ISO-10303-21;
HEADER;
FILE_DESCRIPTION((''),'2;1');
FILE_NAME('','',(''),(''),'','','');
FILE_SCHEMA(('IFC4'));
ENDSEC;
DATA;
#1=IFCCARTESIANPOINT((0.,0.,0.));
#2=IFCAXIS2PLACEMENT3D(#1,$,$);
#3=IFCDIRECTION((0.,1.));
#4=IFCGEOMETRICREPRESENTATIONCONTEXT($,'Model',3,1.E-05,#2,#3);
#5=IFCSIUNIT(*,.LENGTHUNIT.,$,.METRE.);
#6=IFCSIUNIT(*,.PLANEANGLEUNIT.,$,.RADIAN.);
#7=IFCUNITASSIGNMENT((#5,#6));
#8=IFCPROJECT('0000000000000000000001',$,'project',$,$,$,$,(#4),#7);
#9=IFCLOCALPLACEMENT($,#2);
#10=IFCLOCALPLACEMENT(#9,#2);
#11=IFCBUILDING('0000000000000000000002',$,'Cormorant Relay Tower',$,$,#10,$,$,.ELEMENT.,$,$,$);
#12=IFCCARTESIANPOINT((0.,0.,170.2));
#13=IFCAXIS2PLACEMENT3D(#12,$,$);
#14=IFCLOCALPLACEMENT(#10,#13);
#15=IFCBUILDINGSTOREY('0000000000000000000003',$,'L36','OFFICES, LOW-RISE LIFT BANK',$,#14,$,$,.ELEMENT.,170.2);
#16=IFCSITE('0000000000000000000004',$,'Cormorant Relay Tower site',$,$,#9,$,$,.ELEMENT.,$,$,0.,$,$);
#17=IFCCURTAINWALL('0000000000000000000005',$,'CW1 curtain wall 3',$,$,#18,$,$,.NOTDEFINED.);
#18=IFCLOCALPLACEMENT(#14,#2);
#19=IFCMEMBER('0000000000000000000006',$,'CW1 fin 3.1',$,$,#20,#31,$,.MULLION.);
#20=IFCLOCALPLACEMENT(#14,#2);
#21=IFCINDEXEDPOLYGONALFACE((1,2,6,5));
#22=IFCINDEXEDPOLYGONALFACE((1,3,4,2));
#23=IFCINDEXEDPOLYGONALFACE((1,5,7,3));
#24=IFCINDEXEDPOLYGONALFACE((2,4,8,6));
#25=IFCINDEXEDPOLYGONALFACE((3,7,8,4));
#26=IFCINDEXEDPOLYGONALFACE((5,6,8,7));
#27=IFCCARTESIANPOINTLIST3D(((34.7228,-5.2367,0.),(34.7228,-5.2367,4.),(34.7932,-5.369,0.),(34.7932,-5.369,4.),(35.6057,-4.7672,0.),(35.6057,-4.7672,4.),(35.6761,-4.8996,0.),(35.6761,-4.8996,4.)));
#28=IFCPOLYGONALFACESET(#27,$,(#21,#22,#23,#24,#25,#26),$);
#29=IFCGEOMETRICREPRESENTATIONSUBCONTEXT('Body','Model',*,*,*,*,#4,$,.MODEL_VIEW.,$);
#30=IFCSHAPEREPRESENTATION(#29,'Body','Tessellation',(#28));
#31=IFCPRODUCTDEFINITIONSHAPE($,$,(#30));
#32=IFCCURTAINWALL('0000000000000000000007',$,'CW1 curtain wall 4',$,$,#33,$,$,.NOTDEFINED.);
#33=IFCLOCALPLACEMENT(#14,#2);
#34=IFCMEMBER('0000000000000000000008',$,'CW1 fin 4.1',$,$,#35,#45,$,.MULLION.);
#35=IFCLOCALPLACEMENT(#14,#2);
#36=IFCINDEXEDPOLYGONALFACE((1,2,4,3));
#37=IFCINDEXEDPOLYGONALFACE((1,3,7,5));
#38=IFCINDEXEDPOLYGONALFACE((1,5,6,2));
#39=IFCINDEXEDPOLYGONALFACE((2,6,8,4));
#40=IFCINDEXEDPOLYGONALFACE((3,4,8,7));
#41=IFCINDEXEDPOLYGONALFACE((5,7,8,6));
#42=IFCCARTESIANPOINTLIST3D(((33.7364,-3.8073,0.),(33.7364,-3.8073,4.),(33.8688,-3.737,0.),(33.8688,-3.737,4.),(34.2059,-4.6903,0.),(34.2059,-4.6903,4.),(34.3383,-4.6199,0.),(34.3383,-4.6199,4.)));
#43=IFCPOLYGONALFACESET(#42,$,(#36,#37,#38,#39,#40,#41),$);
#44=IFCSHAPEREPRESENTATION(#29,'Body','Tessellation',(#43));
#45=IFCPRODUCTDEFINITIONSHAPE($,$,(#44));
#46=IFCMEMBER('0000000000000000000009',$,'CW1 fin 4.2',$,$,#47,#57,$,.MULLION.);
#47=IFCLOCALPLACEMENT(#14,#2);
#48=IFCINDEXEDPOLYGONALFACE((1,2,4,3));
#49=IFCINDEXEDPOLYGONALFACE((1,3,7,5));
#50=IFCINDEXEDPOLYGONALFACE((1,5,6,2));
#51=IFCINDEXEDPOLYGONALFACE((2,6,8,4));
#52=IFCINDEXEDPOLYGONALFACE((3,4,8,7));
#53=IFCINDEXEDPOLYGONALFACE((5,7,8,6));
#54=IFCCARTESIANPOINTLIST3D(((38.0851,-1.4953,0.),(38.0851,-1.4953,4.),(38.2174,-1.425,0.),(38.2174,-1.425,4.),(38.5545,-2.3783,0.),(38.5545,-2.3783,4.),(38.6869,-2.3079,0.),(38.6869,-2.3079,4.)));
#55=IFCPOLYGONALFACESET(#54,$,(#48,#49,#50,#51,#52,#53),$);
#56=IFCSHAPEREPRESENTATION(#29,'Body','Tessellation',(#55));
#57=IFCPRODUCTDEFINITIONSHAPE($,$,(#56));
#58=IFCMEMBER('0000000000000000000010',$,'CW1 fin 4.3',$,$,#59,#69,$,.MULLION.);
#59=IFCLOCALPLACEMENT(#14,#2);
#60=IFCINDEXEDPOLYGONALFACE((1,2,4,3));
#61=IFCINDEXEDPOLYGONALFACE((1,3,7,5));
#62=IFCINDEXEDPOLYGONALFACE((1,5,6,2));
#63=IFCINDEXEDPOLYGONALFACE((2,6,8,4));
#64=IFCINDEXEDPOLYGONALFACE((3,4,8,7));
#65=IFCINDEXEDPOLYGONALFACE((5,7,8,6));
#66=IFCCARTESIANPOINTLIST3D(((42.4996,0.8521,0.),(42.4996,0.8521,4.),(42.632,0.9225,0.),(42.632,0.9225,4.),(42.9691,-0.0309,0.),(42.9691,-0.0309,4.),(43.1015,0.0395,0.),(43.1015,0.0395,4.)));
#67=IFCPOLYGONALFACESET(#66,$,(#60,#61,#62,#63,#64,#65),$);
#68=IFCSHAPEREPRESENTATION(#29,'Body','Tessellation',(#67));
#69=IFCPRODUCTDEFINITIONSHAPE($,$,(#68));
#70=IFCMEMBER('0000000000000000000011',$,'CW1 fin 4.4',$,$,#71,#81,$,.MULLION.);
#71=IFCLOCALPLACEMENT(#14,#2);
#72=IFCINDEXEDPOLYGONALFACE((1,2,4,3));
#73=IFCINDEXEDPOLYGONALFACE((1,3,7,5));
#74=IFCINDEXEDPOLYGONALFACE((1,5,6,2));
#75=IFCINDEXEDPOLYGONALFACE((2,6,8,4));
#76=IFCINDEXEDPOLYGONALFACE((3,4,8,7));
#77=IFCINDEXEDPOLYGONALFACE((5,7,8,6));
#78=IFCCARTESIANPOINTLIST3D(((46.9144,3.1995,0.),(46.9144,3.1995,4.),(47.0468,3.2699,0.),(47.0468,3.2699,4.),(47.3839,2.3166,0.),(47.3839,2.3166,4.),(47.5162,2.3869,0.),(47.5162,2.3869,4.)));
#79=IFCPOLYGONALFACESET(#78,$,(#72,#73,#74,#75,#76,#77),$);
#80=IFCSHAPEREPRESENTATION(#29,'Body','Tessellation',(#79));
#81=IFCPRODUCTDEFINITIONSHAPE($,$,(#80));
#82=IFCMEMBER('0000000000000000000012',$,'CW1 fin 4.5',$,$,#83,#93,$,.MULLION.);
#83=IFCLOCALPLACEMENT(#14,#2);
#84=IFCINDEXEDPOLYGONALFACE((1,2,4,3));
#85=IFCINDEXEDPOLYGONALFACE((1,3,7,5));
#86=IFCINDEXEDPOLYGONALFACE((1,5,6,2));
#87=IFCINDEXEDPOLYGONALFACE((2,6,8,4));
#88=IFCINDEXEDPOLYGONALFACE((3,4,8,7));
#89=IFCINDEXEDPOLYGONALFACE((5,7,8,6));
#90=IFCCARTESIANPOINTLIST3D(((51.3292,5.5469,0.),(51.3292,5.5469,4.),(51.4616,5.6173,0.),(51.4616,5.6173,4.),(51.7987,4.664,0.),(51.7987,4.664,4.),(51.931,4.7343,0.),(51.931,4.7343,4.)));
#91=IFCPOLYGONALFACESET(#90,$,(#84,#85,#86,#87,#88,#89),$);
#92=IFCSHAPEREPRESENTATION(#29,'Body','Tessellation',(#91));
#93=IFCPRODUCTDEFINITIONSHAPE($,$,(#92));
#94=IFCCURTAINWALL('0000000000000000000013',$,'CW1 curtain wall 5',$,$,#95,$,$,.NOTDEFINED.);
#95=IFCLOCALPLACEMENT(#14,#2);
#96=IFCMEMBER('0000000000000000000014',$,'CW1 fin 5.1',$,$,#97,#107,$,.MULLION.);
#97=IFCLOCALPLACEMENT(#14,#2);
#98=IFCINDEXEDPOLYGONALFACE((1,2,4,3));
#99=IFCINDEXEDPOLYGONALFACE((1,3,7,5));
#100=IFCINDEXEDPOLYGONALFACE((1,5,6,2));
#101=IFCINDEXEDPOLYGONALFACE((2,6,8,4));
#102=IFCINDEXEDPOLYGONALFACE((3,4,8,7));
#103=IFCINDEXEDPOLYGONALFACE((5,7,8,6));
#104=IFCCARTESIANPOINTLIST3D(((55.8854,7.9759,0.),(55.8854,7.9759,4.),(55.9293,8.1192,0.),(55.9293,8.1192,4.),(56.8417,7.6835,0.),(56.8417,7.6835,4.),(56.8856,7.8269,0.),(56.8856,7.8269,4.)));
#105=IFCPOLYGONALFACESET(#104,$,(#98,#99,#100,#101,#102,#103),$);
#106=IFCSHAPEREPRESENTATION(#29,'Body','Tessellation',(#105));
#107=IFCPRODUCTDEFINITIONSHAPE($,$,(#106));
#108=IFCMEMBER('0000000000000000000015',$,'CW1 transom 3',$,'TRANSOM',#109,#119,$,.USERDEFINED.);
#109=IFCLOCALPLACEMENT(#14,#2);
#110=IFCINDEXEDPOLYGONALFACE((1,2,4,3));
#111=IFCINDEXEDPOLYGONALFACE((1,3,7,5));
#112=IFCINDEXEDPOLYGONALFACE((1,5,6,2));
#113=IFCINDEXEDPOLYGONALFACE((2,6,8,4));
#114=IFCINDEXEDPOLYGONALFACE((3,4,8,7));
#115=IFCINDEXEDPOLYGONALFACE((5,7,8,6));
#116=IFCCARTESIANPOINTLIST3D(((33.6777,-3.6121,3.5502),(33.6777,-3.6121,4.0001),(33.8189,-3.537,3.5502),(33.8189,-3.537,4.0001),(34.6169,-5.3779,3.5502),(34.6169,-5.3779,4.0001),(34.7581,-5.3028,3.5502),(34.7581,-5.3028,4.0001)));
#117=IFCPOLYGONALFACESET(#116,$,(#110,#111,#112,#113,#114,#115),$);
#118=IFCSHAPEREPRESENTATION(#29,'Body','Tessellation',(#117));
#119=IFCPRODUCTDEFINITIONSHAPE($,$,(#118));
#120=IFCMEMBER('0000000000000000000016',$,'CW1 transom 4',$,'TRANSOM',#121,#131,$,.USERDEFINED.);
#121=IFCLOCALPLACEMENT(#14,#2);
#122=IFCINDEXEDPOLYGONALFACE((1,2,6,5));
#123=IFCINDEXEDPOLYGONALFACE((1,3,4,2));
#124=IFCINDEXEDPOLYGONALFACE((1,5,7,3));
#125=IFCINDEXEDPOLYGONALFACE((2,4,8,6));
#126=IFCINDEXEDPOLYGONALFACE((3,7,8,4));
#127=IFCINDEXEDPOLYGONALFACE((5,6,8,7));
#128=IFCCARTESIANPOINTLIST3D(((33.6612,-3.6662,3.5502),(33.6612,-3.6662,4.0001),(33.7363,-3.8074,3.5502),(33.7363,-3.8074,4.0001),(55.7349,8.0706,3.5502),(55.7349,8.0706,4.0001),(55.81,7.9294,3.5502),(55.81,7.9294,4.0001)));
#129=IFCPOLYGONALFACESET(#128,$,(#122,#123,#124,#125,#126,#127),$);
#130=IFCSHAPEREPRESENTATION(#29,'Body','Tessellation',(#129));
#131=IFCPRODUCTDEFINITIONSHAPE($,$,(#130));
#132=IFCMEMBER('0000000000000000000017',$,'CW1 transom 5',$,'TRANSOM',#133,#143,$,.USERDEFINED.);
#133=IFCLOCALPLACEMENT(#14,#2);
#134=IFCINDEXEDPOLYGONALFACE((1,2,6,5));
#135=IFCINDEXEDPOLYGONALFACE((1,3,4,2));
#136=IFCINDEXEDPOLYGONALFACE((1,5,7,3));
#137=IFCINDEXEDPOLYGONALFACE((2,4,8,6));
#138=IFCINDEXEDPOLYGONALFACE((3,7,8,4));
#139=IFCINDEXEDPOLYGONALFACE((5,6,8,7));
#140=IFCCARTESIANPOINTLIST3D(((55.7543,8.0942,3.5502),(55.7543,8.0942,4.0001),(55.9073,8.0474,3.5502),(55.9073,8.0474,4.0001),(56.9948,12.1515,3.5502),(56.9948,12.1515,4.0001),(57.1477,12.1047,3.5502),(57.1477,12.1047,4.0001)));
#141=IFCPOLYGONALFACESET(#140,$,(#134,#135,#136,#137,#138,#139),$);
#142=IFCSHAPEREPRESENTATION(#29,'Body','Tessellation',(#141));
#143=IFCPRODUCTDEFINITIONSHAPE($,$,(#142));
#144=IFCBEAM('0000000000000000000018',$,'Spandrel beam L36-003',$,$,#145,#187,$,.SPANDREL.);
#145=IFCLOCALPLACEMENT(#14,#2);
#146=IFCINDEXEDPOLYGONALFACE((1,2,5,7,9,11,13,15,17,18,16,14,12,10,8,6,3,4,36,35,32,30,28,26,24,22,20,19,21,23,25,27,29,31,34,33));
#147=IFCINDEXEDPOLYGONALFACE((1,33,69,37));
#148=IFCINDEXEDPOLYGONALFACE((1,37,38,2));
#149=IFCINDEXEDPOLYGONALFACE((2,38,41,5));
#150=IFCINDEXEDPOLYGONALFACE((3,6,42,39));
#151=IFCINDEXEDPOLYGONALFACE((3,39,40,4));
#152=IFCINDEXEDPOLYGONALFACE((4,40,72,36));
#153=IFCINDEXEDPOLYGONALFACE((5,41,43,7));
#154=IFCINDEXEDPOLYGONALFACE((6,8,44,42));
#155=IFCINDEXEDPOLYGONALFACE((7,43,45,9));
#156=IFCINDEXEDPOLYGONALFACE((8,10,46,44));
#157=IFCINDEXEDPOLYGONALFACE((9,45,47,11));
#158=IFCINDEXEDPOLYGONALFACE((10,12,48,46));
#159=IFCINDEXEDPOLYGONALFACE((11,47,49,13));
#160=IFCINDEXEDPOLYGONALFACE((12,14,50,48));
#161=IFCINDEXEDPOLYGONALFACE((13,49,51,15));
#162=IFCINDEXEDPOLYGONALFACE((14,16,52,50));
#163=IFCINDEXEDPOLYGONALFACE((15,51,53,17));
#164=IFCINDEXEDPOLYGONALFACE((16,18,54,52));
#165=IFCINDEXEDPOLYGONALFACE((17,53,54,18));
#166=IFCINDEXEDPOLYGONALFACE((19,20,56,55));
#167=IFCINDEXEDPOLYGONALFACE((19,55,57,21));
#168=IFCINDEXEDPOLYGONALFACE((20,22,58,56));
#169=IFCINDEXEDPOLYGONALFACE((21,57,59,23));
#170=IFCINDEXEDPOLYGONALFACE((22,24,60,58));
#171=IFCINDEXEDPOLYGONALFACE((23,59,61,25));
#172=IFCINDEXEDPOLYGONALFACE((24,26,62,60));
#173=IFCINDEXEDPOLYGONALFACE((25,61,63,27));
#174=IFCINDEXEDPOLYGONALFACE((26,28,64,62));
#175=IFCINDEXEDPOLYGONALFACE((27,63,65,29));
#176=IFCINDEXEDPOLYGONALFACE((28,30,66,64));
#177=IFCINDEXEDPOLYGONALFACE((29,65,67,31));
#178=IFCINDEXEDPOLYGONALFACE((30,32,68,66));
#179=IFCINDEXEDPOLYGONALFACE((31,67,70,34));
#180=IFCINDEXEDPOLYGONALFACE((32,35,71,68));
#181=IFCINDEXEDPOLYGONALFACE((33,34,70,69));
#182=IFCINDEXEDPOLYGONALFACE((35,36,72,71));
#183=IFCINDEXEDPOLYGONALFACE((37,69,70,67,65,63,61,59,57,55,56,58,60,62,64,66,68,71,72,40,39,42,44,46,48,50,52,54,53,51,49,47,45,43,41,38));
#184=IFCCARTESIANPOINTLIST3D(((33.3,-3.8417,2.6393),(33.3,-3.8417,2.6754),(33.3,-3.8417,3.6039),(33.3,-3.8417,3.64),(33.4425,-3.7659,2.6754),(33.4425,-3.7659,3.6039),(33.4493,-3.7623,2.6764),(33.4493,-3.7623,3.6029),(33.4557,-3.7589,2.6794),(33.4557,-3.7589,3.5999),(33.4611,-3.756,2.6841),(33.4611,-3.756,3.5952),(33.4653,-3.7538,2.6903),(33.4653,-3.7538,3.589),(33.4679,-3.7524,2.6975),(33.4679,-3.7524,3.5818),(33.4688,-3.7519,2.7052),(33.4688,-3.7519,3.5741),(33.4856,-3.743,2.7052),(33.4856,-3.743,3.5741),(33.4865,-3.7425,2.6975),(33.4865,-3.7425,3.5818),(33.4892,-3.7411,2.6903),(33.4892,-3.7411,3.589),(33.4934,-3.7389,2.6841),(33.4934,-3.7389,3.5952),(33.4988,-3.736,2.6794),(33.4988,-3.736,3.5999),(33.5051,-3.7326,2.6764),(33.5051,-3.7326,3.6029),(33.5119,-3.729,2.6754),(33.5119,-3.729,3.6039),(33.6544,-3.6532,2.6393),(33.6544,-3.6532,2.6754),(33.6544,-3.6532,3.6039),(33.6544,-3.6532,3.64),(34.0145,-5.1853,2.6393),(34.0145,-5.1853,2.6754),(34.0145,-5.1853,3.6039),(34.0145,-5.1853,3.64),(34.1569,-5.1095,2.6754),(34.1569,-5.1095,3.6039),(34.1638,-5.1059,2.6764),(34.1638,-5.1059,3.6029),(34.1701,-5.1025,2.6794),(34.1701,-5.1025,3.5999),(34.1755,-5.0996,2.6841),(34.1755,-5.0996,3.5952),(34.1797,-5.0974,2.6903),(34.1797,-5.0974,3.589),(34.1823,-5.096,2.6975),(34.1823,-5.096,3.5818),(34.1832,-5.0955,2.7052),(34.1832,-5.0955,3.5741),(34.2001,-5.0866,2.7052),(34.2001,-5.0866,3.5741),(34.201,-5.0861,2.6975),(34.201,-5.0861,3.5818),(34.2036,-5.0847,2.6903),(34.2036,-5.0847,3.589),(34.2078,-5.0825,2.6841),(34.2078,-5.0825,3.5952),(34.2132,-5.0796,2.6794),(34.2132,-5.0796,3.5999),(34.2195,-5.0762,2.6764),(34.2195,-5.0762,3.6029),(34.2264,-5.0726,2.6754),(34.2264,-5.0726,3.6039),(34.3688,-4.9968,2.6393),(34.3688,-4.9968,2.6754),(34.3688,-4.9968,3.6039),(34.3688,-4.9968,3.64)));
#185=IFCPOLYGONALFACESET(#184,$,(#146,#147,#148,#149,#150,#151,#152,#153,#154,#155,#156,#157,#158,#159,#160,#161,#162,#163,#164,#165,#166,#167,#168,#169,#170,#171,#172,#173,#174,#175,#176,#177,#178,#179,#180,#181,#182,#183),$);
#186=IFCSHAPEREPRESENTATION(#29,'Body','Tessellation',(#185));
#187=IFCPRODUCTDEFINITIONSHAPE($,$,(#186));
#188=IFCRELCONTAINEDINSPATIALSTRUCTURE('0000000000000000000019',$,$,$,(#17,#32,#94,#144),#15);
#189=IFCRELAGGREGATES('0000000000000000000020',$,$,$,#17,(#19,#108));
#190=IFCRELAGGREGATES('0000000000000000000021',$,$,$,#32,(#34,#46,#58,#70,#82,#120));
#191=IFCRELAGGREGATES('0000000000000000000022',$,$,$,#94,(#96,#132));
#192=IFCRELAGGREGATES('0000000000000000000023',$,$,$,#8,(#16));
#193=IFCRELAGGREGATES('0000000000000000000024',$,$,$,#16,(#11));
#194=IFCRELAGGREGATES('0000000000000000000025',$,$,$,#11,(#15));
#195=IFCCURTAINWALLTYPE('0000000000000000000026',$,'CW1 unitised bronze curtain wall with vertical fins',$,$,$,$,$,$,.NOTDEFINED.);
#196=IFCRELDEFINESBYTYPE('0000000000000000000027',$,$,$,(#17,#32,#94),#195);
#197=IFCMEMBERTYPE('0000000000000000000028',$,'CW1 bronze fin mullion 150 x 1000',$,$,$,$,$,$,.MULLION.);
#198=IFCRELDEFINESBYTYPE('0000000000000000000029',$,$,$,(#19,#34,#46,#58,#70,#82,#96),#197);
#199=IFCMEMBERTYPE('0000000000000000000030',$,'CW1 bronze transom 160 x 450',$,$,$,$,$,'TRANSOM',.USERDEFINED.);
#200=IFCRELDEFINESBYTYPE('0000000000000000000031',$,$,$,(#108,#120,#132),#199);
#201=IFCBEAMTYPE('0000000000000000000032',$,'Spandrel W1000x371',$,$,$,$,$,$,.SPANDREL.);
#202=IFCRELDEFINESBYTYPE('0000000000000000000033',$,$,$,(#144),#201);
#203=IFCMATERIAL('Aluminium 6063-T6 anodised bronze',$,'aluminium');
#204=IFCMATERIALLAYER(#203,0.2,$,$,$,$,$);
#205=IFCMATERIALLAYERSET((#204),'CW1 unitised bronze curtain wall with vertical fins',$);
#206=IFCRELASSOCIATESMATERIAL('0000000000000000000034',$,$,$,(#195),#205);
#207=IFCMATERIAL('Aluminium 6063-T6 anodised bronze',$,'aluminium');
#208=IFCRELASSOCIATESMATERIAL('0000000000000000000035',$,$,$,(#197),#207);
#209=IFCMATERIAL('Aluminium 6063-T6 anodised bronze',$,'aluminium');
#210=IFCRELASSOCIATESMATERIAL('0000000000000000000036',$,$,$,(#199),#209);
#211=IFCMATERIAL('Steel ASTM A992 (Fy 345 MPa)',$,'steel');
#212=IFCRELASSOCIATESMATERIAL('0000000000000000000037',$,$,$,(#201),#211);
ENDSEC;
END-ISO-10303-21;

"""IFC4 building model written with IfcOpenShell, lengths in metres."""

from ifc_helpers import new_model, si_unit, direction, frame, origin, origin_2d, place, context, subcontext, project, spatial, rectangle, i_section, extrude, material, layer, layer_set, material_profile, profile_set, type_object, element, aggregate, save


model = new_model("IFC4")

# Units and contexts
model_context = context("Model", 3, precision=1e-05, world=origin(), true_north=direction((0.0, 1.0)))
body_context = subcontext(model_context, "Body", "Model", "MODEL_VIEW")
ifc_project = project(units=[si_unit("LENGTHUNIT", "METRE"), si_unit("PLANEANGLEUNIT", "RADIAN")], contexts=[model_context])

# Site, building, storey
site_placement = place(None, origin())
site = spatial("IfcSite", under=ifc_project, at=site_placement, Name="Cormorant Relay Tower site", CompositionType="ELEMENT", RefElevation=0.0)
building_placement = place(site_placement, origin())
building = spatial("IfcBuilding", under=site, at=building_placement, Name="Cormorant Relay Tower", CompositionType="ELEMENT")
storey_placement = place(building_placement, frame((0.0, 0.0, 170.2)))
storey = spatial("IfcBuildingStorey", under=building, at=storey_placement, Name="L36", Description="OFFICES, LOW-RISE LIFT BANK", CompositionType="ELEMENT", Elevation=170.2)

# Curtain wall, member
ifc_material_1 = material(Name="Aluminium 6063-T6 anodised bronze", Category="aluminium")
ifc_layer_1 = layer(ifc_material_1, 0.2)
ifc_layer_set_1 = layer_set([ifc_layer_1], Name="CW1 unitised bronze curtain wall with vertical fins")
curtain_wall_type = type_object("IfcCurtainWallType", Name="CW1 unitised bronze curtain wall with vertical fins", PredefinedType="NOTDEFINED", material=ifc_layer_set_1)
curtain_wall_1_placement = place(storey_placement, origin())
curtain_wall_1 = element("IfcCurtainWall", 1, at=curtain_wall_1_placement, inside=storey, type_object=curtain_wall_type, Name="CW1 curtain wall 3", PredefinedType="NOTDEFINED")
ifc_material_2 = material(Name="Aluminium 6063-T6 anodised bronze", Category="aluminium")
ifc_material_profile_1 = material_profile(ifc_material_2, rectangle(XDim=0.1499, YDim=1.0, at=origin_2d()), Name="AL 150x1000")
ifc_profile_set_1 = profile_set([ifc_material_profile_1], Name="Aluminium 6063-T6 anodised bronze")
member_type_1 = type_object("IfcMemberType", Name="CW1 bronze fin mullion 150 x 1000", PredefinedType="MULLION", material=ifc_profile_set_1)
member_1_placement = place(storey_placement, frame((35.1995, -5.0681, 0.0), z_axis=(0.0, 0.0, 1.0), x_axis=(-0.469472, 0.882948, 0.0)))
member_1 = element("IfcMember", 2, at=member_1_placement, type_object=member_type_1, Name="CW1 fin 3.1", PredefinedType="MULLION", context=body_context, shape_type="SweptSolid", body=[
    extrude(rectangle(XDim=0.1499, YDim=1.0, at=origin_2d()), origin(), (0.0, 0.0, 1.0), 4.0),
])

# Curtain wall, members
curtain_wall_2_placement = place(storey_placement, origin())
curtain_wall_2 = element("IfcCurtainWall", 3, at=curtain_wall_2_placement, inside=storey, type_object=curtain_wall_type, Name="CW1 curtain wall 4", PredefinedType="NOTDEFINED")
member_2_placement = place(storey_placement, frame((34.0374, -4.2136, 0.0), z_axis=(0.0, 0.0, 1.0), x_axis=(0.882948, 0.469472, 0.0)))
member_2 = element("IfcMember", 4, at=member_2_placement, type_object=member_type_1, Name="CW1 fin 4.1", PredefinedType="MULLION", context=body_context, shape_type="SweptSolid", body=[
    extrude(rectangle(XDim=0.1499, YDim=1.0, at=origin_2d()), origin(), (0.0, 0.0, 1.0), 4.0),
])
member_3_placement = place(storey_placement, frame((38.386, -1.9016, 0.0), z_axis=(0.0, 0.0, 1.0), x_axis=(0.882948, 0.469472, 0.0)))
member_3 = element("IfcMember", 5, at=member_3_placement, type_object=member_type_1, Name="CW1 fin 4.2", PredefinedType="MULLION", context=body_context, shape_type="SweptSolid", body=[
    extrude(rectangle(XDim=0.1499, YDim=1.0, at=origin_2d()), origin(), (0.0, 0.0, 1.0), 4.0),
])
member_4_placement = place(storey_placement, frame((42.8005, 0.4458, 0.0), z_axis=(0.0, 0.0, 1.0), x_axis=(0.882948, 0.469472, 0.0)))
member_4 = element("IfcMember", 6, at=member_4_placement, type_object=member_type_1, Name="CW1 fin 4.3", PredefinedType="MULLION", context=body_context, shape_type="SweptSolid", body=[
    extrude(rectangle(XDim=0.1499, YDim=1.0, at=origin_2d()), origin(), (0.0, 0.0, 1.0), 4.0),
])
member_5_placement = place(storey_placement, frame((47.2153, 2.7932, 0.0), z_axis=(0.0, 0.0, 1.0), x_axis=(0.882948, 0.469472, 0.0)))
member_5 = element("IfcMember", 7, at=member_5_placement, type_object=member_type_1, Name="CW1 fin 4.4", PredefinedType="MULLION", context=body_context, shape_type="SweptSolid", body=[
    extrude(rectangle(XDim=0.1499, YDim=1.0, at=origin_2d()), origin(), (0.0, 0.0, 1.0), 4.0),
])
member_6_placement = place(storey_placement, frame((51.6301, 5.1406, 0.0), z_axis=(0.0, 0.0, 1.0), x_axis=(0.882948, 0.469472, 0.0)))
member_6 = element("IfcMember", 8, at=member_6_placement, type_object=member_type_1, Name="CW1 fin 4.5", PredefinedType="MULLION", context=body_context, shape_type="SweptSolid", body=[
    extrude(rectangle(XDim=0.1499, YDim=1.0, at=origin_2d()), origin(), (0.0, 0.0, 1.0), 4.0),
])

# Curtain wall, member
curtain_wall_3_placement = place(storey_placement, origin())
curtain_wall_3 = element("IfcCurtainWall", 9, at=curtain_wall_3_placement, inside=storey, type_object=curtain_wall_type, Name="CW1 curtain wall 5", PredefinedType="NOTDEFINED")
member_7_placement = place(storey_placement, frame((56.3855, 7.9014, 0.0), z_axis=(0.0, 0.0, 1.0), x_axis=(0.292372, 0.956305, 0.0)))
member_7 = element("IfcMember", 10, at=member_7_placement, type_object=member_type_1, Name="CW1 fin 5.1", PredefinedType="MULLION", context=body_context, shape_type="SweptSolid", body=[
    extrude(rectangle(XDim=0.1499, YDim=1.0, at=origin_2d()), origin(), (0.0, 0.0, 1.0), 4.0),
])

# Members
ifc_material_3 = material(Name="Aluminium 6063-T6 anodised bronze", Category="aluminium")
ifc_material_profile_2 = material_profile(ifc_material_3, rectangle(XDim=0.1599, YDim=0.45, at=origin_2d()), Name="AL 160x450")
ifc_profile_set_2 = profile_set([ifc_material_profile_2], Name="Aluminium 6063-T6 anodised bronze")
member_type_2 = type_object("IfcMemberType", Name="CW1 bronze transom 160 x 450", ElementType="TRANSOM", PredefinedType="USERDEFINED", material=ifc_profile_set_2)
member_8_placement = place(storey_placement, frame((34.6875, -5.3403, 3.7751), z_axis=(-0.469581, 0.88289, 0.0), x_axis=(-0.88289, -0.469581, 0.0)))
member_8 = element("IfcMember", 11, at=member_8_placement, type_object=member_type_2, Name="CW1 transom 3", ObjectType="TRANSOM", PredefinedType="USERDEFINED", context=body_context, shape_type="SweptSolid", body=[
    extrude(rectangle(XDim=0.1599, YDim=0.45, at=origin_2d()), origin(), (0.0, 0.0, 1.0), 2.0),
])
member_9_placement = place(storey_placement, frame((33.6987, -3.7368, 3.7751), z_axis=(0.882947, 0.469472, 0.0), x_axis=(-0.469472, 0.882947, 0.0)))
member_9 = element("IfcMember", 12, at=member_9_placement, type_object=member_type_2, Name="CW1 transom 4", ObjectType="TRANSOM", PredefinedType="USERDEFINED", context=body_context, shape_type="SweptSolid", body=[
    extrude(rectangle(XDim=0.1599, YDim=0.45, at=origin_2d()), origin(), (0.0, 0.0, 1.0), 25.0),
])
member_10_placement = place(storey_placement, frame((55.8308, 8.0708, 3.7751), z_axis=(0.292375, 0.956304, 0.0), x_axis=(-0.956304, 0.292375, 0.0)))
member_10 = element("IfcMember", 13, at=member_10_placement, type_object=member_type_2, Name="CW1 transom 5", ObjectType="TRANSOM", PredefinedType="USERDEFINED", context=body_context, shape_type="SweptSolid", body=[
    extrude(rectangle(XDim=0.1599, YDim=0.45, at=origin_2d()), origin(), (0.0, 0.0, 1.0), 4.2427),
])

# Beam
ifc_material_4 = material(Name="Steel ASTM A992 (Fy 345 MPa)", Category="steel")
ifc_material_profile_3 = material_profile(ifc_material_4, i_section(OverallWidth=0.4014, OverallDepth=1.0007, WebThickness=0.019, FlangeThickness=0.0361, FilletRadius=0.0298, at=origin_2d()), Name="W1000x371")
ifc_profile_set_3 = profile_set([ifc_material_profile_3], Name="Steel ASTM A992 (Fy 345 MPa)")
beam_type = type_object("IfcBeamType", Name="Spandrel W1000x371", PredefinedType="SPANDREL", material=ifc_profile_set_3)
beam_1_placement = place(storey_placement, frame((34.1917, -5.0911, 3.1396), z_axis=(-0.469472, 0.882947, 0.0), x_axis=(-0.882947, -0.469472, 0.0)))
element("IfcBeam", 14, at=beam_1_placement, inside=storey, type_object=beam_type, Name="Spandrel beam L36-003", PredefinedType="SPANDREL", context=body_context, shape_type="SweptSolid", body=[
    extrude(i_section(OverallWidth=0.4014, OverallDepth=1.0007, WebThickness=0.019, FlangeThickness=0.0361, FilletRadius=0.0298, at=origin_2d()), origin(), (0.0, 0.0, 1.0), 1.5217),
])

aggregate(curtain_wall_1, [member_1, member_8])
aggregate(curtain_wall_2, [member_2, member_3, member_4, member_5, member_6, member_9])
aggregate(curtain_wall_3, [member_7, member_10])

save(model, "model.ifc")
